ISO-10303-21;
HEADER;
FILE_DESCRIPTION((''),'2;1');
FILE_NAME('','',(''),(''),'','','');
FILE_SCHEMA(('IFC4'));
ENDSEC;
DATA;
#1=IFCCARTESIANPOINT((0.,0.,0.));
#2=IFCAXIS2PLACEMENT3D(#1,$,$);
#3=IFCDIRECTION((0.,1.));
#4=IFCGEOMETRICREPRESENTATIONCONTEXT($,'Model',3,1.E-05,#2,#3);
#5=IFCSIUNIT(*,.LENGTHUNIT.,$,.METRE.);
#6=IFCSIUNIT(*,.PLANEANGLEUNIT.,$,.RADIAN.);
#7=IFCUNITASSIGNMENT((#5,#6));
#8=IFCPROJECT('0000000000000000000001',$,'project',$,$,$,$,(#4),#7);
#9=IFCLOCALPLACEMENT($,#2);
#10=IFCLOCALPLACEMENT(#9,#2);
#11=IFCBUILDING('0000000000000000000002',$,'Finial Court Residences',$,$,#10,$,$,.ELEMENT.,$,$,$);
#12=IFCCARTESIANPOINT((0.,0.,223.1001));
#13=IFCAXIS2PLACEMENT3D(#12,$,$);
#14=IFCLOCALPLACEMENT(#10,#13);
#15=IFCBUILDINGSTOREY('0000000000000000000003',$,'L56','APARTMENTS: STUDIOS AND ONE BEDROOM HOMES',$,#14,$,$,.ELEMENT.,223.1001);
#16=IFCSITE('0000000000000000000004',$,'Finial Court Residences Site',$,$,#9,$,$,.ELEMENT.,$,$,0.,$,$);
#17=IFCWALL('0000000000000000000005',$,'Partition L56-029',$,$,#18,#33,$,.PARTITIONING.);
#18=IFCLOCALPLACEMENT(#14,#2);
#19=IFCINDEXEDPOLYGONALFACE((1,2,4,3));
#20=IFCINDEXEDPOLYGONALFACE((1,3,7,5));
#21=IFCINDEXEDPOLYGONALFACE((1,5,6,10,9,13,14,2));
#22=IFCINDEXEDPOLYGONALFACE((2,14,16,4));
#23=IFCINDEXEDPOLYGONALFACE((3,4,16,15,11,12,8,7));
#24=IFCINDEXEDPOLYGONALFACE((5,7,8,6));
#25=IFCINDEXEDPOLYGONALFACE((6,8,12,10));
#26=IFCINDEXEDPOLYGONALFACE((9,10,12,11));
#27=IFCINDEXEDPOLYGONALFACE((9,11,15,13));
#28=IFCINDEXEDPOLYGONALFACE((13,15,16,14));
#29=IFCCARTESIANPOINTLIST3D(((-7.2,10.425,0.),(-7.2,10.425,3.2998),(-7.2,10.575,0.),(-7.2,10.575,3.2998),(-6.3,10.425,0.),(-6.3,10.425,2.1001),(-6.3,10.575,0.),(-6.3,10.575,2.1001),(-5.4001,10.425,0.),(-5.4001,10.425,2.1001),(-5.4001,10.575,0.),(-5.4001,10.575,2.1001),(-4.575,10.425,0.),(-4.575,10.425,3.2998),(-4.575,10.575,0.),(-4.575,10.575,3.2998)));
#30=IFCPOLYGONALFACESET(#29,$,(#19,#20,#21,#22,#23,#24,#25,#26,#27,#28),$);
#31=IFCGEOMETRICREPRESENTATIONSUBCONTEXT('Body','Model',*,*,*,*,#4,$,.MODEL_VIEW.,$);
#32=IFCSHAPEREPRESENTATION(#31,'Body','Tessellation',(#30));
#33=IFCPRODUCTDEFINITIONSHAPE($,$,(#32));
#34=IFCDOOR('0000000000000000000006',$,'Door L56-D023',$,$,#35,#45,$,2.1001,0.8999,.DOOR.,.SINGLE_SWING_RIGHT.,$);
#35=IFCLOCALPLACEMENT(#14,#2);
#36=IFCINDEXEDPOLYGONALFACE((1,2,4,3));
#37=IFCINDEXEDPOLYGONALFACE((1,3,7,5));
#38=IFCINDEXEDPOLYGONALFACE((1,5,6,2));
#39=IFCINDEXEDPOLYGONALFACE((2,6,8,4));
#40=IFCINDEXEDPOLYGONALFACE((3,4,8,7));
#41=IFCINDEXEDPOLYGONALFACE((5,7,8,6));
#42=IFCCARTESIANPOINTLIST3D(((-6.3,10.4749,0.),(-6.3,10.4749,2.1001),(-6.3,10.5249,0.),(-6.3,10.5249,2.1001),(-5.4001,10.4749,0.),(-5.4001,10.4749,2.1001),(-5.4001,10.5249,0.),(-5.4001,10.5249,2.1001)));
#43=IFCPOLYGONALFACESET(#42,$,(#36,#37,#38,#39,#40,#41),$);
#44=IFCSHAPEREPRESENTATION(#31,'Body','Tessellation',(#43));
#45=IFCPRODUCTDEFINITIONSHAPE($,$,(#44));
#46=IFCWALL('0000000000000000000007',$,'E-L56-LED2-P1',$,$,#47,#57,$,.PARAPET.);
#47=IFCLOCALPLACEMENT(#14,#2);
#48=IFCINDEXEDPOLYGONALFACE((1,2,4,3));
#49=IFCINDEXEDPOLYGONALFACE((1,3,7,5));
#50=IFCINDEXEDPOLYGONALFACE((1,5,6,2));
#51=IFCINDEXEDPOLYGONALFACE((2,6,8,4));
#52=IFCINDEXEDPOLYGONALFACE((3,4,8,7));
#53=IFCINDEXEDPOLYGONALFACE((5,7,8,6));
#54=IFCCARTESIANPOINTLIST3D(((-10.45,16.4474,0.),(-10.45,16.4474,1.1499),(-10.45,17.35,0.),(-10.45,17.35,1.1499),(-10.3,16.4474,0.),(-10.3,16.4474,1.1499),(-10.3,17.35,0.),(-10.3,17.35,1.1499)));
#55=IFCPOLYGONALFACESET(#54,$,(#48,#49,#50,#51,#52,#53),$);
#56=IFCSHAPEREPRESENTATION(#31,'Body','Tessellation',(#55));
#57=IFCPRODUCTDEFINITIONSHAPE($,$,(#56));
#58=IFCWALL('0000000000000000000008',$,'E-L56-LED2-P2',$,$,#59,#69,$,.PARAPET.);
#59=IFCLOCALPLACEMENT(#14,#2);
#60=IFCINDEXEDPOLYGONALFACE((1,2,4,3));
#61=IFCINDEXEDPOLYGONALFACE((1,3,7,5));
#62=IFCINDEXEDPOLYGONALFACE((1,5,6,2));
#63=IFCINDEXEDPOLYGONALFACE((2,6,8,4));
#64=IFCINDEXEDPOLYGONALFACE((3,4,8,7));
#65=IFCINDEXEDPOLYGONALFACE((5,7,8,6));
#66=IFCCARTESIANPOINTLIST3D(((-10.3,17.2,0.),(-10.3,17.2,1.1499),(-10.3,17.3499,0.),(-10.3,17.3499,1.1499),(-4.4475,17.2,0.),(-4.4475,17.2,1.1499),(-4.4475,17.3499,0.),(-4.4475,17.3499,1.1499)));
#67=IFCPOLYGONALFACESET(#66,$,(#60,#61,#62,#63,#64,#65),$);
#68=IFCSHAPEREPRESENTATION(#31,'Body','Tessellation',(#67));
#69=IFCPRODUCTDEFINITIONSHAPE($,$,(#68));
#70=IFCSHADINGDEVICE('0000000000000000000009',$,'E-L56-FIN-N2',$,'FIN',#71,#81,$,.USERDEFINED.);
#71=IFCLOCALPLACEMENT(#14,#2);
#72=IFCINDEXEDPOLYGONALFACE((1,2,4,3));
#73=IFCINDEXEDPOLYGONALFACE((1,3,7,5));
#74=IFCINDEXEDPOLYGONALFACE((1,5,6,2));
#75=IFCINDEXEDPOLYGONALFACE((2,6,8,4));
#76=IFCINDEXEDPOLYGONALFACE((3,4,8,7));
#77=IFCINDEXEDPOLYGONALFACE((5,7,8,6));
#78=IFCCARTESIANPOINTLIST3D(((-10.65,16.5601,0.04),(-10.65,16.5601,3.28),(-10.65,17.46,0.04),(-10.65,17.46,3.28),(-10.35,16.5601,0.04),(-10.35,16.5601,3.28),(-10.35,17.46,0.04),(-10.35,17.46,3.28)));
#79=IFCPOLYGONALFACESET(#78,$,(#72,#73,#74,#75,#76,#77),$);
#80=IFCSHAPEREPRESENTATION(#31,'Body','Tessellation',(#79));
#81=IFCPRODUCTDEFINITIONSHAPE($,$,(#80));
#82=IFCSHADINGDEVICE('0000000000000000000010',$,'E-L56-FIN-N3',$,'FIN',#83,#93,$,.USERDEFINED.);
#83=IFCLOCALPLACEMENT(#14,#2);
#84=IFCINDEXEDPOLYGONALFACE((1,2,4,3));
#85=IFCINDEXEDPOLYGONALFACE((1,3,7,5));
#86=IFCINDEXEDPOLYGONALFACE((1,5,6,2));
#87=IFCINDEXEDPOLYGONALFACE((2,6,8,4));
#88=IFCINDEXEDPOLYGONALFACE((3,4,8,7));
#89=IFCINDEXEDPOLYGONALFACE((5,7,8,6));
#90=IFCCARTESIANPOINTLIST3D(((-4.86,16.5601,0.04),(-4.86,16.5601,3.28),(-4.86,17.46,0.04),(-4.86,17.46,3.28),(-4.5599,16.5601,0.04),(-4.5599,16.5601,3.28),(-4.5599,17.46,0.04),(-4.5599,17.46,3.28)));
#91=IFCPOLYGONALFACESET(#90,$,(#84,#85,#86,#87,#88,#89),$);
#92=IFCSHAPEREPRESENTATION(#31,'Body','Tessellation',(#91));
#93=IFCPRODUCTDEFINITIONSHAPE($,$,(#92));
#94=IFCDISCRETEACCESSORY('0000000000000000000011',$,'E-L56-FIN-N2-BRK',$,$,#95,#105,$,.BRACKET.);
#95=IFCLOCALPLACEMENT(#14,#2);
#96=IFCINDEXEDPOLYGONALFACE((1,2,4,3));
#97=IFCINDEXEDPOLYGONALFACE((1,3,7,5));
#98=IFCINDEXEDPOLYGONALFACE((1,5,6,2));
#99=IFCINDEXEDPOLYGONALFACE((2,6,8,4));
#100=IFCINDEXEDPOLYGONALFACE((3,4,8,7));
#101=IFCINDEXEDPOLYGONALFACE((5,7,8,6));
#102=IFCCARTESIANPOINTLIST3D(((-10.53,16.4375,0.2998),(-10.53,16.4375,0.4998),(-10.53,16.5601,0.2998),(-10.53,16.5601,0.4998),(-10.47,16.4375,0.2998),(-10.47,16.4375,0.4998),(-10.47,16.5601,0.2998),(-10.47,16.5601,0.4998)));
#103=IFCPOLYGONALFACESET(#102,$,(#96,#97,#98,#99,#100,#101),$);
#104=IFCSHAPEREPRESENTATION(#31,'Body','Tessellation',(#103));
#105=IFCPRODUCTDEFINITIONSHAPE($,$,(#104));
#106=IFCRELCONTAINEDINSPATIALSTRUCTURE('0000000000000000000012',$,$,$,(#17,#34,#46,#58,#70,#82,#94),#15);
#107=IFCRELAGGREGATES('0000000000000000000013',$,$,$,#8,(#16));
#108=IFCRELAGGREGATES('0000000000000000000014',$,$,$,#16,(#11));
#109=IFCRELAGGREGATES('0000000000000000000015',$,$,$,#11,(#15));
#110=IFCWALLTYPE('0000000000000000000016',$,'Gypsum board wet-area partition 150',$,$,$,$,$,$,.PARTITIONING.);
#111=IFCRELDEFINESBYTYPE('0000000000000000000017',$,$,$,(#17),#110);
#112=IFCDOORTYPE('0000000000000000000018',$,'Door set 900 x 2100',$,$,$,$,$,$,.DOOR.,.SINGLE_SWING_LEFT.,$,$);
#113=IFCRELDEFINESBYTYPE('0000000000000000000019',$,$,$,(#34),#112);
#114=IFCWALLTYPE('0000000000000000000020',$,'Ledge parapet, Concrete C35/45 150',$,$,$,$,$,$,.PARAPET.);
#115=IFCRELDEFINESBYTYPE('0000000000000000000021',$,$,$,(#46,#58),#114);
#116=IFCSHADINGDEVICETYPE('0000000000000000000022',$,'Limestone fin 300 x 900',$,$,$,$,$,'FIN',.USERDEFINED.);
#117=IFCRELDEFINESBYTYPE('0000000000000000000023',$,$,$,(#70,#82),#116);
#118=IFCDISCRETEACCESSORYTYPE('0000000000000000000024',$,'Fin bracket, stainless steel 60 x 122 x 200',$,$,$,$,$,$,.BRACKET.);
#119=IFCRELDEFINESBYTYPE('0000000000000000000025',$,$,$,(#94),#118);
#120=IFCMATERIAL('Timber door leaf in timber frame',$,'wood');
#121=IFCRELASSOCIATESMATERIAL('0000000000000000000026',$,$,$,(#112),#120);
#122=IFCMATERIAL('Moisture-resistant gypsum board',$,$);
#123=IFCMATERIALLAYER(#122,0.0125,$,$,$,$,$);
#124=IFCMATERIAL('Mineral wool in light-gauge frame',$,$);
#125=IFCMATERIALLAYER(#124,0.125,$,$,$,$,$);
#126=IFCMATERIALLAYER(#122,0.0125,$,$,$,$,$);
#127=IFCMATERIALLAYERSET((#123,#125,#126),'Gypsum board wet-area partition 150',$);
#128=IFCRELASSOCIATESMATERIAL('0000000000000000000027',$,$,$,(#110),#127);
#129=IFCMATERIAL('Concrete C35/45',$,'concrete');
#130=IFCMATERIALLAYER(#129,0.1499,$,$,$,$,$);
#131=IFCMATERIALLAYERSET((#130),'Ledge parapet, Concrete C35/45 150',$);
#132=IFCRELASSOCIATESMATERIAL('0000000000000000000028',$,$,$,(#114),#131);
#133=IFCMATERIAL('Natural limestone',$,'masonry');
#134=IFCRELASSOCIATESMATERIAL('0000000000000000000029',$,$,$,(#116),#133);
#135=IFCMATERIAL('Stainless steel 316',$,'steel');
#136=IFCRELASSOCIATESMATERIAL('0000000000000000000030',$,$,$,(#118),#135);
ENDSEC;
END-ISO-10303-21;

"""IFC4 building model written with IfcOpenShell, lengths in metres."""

from ifc_helpers import new_model, si_unit, direction, frame, frame_2d, origin, origin_2d, place, context, subcontext, project, spatial, rectangle, extrude, material, layer, layer_set, type_object, element, fill, save


model = new_model("IFC4")

# Units and contexts
model_context = context("Model", 3, precision=1e-05, world=origin(), true_north=direction((0.0, 1.0)))
body_context = subcontext(model_context, "Body", "Model", "MODEL_VIEW")
ifc_project = project(units=[si_unit("LENGTHUNIT", "METRE"), si_unit("PLANEANGLEUNIT", "RADIAN")], contexts=[model_context])

# Site, building, storey
site_placement = place(None, origin())
site = spatial("IfcSite", under=ifc_project, at=site_placement, Name="Finial Court Residences Site", CompositionType="ELEMENT", RefElevation=0.0)
building_placement = place(site_placement, origin())
building = spatial("IfcBuilding", under=site, at=building_placement, Name="Finial Court Residences", CompositionType="ELEMENT")
storey_placement = place(building_placement, frame((0.0, 0.0, 223.1001)))
storey = spatial("IfcBuildingStorey", under=building, at=storey_placement, Name="L56", Description="APARTMENTS: STUDIOS AND ONE BEDROOM HOMES", CompositionType="ELEMENT", Elevation=223.1001)

# Wall, opening, door
ifc_material_1 = material(Name="Mineral wool in light-gauge frame")
ifc_material_2 = material(Name="Timber door leaf in timber frame", Category="wood")
door_type = type_object("IfcDoorType", Name="Door set 900 x 2100", OperationType="SINGLE_SWING_LEFT", PredefinedType="DOOR", material=ifc_material_2)
ifc_material_3 = material(Name="Moisture-resistant gypsum board")
ifc_layer_1 = layer(ifc_material_3, 0.0125)
ifc_layer_2 = layer(ifc_material_1, 0.125)
ifc_layer_3 = layer(ifc_material_3, 0.0125)
ifc_layer_set_1 = layer_set([ifc_layer_1, ifc_layer_2, ifc_layer_3], Name="Gypsum board wet-area partition 150")
wall_type_1 = type_object("IfcWallType", Name="Gypsum board wet-area partition 150", PredefinedType="PARTITIONING", material=ifc_layer_set_1)
wall_1_placement = place(storey_placement, frame((-7.2, 10.5, 0.0), z_axis=(0.0, 0.0, 1.0), x_axis=(1.0, 0.0, 0.0)))
wall_1 = element("IfcWall", 1, at=wall_1_placement, inside=storey, type_object=wall_type_1, Name="Partition L56-029", PredefinedType="PARTITIONING", context=body_context, shape_type="SweptSolid", body=[
    extrude(rectangle(XDim=2.625, YDim=0.1499, at=frame_2d((1.3125, 0.0))), origin(), (0.0, 0.0, 1.0), 3.2998),
])
opening_1_placement = place(wall_1_placement, frame((0.8999, 0.0, 0.0)))
opening_1 = element("IfcOpeningElement", 2, at=opening_1_placement, cuts=wall_1, PredefinedType="OPENING", context=body_context, shape_type="SweptSolid", body=[
    extrude(rectangle(XDim=0.8999, YDim=2.1001, at=frame_2d((0.45, 1.05))), frame((0.0, 0.085, 0.0), z_axis=(0.0, -1.0, 0.0), x_axis=(1.0, 0.0, 0.0)), (0.0, 0.0, 1.0), 0.1699),
])
door_1_placement = place(opening_1_placement, origin())
door_1 = element("IfcDoor", 3, at=door_1_placement, inside=storey, type_object=door_type, Name="Door L56-D023", OperationType="SINGLE_SWING_RIGHT", OverallHeight=2.1001, OverallWidth=0.8999, PredefinedType="DOOR", context=body_context, shape_type="SweptSolid", body=[
    extrude(rectangle(XDim=0.8999, YDim=2.1001, at=frame_2d((0.45, 1.05))), frame((0.0, 0.0249, 0.0), z_axis=(0.0, -1.0, 0.0), x_axis=(1.0, 0.0, 0.0)), (0.0, 0.0, 1.0), 0.05),
])
fill(opening_1, door_1)

# Walls
ifc_material_4 = material(Name="Concrete C35/45", Category="concrete")
ifc_layer_4 = layer(ifc_material_4, 0.1499)
ifc_layer_set_2 = layer_set([ifc_layer_4], Name="Ledge parapet, Concrete C35/45 150")
wall_type_2 = type_object("IfcWallType", Name="Ledge parapet, Concrete C35/45 150", PredefinedType="PARAPET", material=ifc_layer_set_2)
wall_2_placement = place(storey_placement, frame((-10.375, 16.4475, 0.0), z_axis=(0.0, 0.0, 1.0), x_axis=(0.0, 1.0, 0.0)))
element("IfcWall", 4, at=wall_2_placement, inside=storey, type_object=wall_type_2, Name="E-L56-LED2-P1", PredefinedType="PARAPET", context=body_context, shape_type="SweptSolid", body=[
    extrude(rectangle(XDim=0.9026, YDim=0.1499, at=frame_2d((0.4512, 0.0))), origin(), (0.0, 0.0, 1.0), 1.1499),
])
wall_3_placement = place(storey_placement, frame((-10.3, 17.2749, 0.0), z_axis=(0.0, 0.0, 1.0), x_axis=(1.0, 0.0, 0.0)))
element("IfcWall", 5, at=wall_3_placement, inside=storey, type_object=wall_type_2, Name="E-L56-LED2-P2", PredefinedType="PARAPET", context=body_context, shape_type="SweptSolid", body=[
    extrude(rectangle(XDim=5.8525, YDim=0.1499, at=frame_2d((2.9263, 0.0))), origin(), (0.0, 0.0, 1.0), 1.1499),
])

# Shading devices
ifc_material_5 = material(Name="Natural limestone", Category="masonry")
shading_device_type = type_object("IfcShadingDeviceType", Name="Limestone fin 300 x 900", ElementType="FIN", PredefinedType="USERDEFINED", material=ifc_material_5)
for number, where, z_axis, x_axis, name in (
    (6, (-10.5, 17.01, 0.04), (0.0, 0.0, 1.0), (1.0, 0.0, 0.0), "E-L56-FIN-N2"),
    (7, (-4.71, 17.01, 0.04), (0.0, 0.0, 1.0), (1.0, 0.0, 0.0), "E-L56-FIN-N3"),
):
    element("IfcShadingDevice", number, at=place(storey_placement, frame(where, z_axis=z_axis, x_axis=x_axis)), inside=storey, type_object=shading_device_type, Name=name, ObjectType="FIN", PredefinedType="USERDEFINED", context=body_context, shape_type="SweptSolid", body=[
        extrude(rectangle(XDim=0.3, YDim=0.8999, at=origin_2d()), origin(), (0.0, 0.0, 1.0), 3.24),
    ])

# Discrete accessory
ifc_material_6 = material(Name="Stainless steel 316", Category="steel")
discrete_accessory_type = type_object("IfcDiscreteAccessoryType", Name="Fin bracket, stainless steel 60 x 122 x 200", PredefinedType="BRACKET", material=ifc_material_6)
discrete_accessory_placement = place(storey_placement, frame((-10.5, 16.4988, 0.2998), z_axis=(0.0, 0.0, 1.0), x_axis=(1.0, 0.0, 0.0)))
element("IfcDiscreteAccessory", 8, at=discrete_accessory_placement, inside=storey, type_object=discrete_accessory_type, Name="E-L56-FIN-N2-BRK", PredefinedType="BRACKET", context=body_context, shape_type="SweptSolid", body=[
    extrude(rectangle(XDim=0.0601, YDim=0.1226, at=origin_2d()), origin(), (0.0, 0.0, 1.0), 0.2),
])

save(model, "model.ifc")
